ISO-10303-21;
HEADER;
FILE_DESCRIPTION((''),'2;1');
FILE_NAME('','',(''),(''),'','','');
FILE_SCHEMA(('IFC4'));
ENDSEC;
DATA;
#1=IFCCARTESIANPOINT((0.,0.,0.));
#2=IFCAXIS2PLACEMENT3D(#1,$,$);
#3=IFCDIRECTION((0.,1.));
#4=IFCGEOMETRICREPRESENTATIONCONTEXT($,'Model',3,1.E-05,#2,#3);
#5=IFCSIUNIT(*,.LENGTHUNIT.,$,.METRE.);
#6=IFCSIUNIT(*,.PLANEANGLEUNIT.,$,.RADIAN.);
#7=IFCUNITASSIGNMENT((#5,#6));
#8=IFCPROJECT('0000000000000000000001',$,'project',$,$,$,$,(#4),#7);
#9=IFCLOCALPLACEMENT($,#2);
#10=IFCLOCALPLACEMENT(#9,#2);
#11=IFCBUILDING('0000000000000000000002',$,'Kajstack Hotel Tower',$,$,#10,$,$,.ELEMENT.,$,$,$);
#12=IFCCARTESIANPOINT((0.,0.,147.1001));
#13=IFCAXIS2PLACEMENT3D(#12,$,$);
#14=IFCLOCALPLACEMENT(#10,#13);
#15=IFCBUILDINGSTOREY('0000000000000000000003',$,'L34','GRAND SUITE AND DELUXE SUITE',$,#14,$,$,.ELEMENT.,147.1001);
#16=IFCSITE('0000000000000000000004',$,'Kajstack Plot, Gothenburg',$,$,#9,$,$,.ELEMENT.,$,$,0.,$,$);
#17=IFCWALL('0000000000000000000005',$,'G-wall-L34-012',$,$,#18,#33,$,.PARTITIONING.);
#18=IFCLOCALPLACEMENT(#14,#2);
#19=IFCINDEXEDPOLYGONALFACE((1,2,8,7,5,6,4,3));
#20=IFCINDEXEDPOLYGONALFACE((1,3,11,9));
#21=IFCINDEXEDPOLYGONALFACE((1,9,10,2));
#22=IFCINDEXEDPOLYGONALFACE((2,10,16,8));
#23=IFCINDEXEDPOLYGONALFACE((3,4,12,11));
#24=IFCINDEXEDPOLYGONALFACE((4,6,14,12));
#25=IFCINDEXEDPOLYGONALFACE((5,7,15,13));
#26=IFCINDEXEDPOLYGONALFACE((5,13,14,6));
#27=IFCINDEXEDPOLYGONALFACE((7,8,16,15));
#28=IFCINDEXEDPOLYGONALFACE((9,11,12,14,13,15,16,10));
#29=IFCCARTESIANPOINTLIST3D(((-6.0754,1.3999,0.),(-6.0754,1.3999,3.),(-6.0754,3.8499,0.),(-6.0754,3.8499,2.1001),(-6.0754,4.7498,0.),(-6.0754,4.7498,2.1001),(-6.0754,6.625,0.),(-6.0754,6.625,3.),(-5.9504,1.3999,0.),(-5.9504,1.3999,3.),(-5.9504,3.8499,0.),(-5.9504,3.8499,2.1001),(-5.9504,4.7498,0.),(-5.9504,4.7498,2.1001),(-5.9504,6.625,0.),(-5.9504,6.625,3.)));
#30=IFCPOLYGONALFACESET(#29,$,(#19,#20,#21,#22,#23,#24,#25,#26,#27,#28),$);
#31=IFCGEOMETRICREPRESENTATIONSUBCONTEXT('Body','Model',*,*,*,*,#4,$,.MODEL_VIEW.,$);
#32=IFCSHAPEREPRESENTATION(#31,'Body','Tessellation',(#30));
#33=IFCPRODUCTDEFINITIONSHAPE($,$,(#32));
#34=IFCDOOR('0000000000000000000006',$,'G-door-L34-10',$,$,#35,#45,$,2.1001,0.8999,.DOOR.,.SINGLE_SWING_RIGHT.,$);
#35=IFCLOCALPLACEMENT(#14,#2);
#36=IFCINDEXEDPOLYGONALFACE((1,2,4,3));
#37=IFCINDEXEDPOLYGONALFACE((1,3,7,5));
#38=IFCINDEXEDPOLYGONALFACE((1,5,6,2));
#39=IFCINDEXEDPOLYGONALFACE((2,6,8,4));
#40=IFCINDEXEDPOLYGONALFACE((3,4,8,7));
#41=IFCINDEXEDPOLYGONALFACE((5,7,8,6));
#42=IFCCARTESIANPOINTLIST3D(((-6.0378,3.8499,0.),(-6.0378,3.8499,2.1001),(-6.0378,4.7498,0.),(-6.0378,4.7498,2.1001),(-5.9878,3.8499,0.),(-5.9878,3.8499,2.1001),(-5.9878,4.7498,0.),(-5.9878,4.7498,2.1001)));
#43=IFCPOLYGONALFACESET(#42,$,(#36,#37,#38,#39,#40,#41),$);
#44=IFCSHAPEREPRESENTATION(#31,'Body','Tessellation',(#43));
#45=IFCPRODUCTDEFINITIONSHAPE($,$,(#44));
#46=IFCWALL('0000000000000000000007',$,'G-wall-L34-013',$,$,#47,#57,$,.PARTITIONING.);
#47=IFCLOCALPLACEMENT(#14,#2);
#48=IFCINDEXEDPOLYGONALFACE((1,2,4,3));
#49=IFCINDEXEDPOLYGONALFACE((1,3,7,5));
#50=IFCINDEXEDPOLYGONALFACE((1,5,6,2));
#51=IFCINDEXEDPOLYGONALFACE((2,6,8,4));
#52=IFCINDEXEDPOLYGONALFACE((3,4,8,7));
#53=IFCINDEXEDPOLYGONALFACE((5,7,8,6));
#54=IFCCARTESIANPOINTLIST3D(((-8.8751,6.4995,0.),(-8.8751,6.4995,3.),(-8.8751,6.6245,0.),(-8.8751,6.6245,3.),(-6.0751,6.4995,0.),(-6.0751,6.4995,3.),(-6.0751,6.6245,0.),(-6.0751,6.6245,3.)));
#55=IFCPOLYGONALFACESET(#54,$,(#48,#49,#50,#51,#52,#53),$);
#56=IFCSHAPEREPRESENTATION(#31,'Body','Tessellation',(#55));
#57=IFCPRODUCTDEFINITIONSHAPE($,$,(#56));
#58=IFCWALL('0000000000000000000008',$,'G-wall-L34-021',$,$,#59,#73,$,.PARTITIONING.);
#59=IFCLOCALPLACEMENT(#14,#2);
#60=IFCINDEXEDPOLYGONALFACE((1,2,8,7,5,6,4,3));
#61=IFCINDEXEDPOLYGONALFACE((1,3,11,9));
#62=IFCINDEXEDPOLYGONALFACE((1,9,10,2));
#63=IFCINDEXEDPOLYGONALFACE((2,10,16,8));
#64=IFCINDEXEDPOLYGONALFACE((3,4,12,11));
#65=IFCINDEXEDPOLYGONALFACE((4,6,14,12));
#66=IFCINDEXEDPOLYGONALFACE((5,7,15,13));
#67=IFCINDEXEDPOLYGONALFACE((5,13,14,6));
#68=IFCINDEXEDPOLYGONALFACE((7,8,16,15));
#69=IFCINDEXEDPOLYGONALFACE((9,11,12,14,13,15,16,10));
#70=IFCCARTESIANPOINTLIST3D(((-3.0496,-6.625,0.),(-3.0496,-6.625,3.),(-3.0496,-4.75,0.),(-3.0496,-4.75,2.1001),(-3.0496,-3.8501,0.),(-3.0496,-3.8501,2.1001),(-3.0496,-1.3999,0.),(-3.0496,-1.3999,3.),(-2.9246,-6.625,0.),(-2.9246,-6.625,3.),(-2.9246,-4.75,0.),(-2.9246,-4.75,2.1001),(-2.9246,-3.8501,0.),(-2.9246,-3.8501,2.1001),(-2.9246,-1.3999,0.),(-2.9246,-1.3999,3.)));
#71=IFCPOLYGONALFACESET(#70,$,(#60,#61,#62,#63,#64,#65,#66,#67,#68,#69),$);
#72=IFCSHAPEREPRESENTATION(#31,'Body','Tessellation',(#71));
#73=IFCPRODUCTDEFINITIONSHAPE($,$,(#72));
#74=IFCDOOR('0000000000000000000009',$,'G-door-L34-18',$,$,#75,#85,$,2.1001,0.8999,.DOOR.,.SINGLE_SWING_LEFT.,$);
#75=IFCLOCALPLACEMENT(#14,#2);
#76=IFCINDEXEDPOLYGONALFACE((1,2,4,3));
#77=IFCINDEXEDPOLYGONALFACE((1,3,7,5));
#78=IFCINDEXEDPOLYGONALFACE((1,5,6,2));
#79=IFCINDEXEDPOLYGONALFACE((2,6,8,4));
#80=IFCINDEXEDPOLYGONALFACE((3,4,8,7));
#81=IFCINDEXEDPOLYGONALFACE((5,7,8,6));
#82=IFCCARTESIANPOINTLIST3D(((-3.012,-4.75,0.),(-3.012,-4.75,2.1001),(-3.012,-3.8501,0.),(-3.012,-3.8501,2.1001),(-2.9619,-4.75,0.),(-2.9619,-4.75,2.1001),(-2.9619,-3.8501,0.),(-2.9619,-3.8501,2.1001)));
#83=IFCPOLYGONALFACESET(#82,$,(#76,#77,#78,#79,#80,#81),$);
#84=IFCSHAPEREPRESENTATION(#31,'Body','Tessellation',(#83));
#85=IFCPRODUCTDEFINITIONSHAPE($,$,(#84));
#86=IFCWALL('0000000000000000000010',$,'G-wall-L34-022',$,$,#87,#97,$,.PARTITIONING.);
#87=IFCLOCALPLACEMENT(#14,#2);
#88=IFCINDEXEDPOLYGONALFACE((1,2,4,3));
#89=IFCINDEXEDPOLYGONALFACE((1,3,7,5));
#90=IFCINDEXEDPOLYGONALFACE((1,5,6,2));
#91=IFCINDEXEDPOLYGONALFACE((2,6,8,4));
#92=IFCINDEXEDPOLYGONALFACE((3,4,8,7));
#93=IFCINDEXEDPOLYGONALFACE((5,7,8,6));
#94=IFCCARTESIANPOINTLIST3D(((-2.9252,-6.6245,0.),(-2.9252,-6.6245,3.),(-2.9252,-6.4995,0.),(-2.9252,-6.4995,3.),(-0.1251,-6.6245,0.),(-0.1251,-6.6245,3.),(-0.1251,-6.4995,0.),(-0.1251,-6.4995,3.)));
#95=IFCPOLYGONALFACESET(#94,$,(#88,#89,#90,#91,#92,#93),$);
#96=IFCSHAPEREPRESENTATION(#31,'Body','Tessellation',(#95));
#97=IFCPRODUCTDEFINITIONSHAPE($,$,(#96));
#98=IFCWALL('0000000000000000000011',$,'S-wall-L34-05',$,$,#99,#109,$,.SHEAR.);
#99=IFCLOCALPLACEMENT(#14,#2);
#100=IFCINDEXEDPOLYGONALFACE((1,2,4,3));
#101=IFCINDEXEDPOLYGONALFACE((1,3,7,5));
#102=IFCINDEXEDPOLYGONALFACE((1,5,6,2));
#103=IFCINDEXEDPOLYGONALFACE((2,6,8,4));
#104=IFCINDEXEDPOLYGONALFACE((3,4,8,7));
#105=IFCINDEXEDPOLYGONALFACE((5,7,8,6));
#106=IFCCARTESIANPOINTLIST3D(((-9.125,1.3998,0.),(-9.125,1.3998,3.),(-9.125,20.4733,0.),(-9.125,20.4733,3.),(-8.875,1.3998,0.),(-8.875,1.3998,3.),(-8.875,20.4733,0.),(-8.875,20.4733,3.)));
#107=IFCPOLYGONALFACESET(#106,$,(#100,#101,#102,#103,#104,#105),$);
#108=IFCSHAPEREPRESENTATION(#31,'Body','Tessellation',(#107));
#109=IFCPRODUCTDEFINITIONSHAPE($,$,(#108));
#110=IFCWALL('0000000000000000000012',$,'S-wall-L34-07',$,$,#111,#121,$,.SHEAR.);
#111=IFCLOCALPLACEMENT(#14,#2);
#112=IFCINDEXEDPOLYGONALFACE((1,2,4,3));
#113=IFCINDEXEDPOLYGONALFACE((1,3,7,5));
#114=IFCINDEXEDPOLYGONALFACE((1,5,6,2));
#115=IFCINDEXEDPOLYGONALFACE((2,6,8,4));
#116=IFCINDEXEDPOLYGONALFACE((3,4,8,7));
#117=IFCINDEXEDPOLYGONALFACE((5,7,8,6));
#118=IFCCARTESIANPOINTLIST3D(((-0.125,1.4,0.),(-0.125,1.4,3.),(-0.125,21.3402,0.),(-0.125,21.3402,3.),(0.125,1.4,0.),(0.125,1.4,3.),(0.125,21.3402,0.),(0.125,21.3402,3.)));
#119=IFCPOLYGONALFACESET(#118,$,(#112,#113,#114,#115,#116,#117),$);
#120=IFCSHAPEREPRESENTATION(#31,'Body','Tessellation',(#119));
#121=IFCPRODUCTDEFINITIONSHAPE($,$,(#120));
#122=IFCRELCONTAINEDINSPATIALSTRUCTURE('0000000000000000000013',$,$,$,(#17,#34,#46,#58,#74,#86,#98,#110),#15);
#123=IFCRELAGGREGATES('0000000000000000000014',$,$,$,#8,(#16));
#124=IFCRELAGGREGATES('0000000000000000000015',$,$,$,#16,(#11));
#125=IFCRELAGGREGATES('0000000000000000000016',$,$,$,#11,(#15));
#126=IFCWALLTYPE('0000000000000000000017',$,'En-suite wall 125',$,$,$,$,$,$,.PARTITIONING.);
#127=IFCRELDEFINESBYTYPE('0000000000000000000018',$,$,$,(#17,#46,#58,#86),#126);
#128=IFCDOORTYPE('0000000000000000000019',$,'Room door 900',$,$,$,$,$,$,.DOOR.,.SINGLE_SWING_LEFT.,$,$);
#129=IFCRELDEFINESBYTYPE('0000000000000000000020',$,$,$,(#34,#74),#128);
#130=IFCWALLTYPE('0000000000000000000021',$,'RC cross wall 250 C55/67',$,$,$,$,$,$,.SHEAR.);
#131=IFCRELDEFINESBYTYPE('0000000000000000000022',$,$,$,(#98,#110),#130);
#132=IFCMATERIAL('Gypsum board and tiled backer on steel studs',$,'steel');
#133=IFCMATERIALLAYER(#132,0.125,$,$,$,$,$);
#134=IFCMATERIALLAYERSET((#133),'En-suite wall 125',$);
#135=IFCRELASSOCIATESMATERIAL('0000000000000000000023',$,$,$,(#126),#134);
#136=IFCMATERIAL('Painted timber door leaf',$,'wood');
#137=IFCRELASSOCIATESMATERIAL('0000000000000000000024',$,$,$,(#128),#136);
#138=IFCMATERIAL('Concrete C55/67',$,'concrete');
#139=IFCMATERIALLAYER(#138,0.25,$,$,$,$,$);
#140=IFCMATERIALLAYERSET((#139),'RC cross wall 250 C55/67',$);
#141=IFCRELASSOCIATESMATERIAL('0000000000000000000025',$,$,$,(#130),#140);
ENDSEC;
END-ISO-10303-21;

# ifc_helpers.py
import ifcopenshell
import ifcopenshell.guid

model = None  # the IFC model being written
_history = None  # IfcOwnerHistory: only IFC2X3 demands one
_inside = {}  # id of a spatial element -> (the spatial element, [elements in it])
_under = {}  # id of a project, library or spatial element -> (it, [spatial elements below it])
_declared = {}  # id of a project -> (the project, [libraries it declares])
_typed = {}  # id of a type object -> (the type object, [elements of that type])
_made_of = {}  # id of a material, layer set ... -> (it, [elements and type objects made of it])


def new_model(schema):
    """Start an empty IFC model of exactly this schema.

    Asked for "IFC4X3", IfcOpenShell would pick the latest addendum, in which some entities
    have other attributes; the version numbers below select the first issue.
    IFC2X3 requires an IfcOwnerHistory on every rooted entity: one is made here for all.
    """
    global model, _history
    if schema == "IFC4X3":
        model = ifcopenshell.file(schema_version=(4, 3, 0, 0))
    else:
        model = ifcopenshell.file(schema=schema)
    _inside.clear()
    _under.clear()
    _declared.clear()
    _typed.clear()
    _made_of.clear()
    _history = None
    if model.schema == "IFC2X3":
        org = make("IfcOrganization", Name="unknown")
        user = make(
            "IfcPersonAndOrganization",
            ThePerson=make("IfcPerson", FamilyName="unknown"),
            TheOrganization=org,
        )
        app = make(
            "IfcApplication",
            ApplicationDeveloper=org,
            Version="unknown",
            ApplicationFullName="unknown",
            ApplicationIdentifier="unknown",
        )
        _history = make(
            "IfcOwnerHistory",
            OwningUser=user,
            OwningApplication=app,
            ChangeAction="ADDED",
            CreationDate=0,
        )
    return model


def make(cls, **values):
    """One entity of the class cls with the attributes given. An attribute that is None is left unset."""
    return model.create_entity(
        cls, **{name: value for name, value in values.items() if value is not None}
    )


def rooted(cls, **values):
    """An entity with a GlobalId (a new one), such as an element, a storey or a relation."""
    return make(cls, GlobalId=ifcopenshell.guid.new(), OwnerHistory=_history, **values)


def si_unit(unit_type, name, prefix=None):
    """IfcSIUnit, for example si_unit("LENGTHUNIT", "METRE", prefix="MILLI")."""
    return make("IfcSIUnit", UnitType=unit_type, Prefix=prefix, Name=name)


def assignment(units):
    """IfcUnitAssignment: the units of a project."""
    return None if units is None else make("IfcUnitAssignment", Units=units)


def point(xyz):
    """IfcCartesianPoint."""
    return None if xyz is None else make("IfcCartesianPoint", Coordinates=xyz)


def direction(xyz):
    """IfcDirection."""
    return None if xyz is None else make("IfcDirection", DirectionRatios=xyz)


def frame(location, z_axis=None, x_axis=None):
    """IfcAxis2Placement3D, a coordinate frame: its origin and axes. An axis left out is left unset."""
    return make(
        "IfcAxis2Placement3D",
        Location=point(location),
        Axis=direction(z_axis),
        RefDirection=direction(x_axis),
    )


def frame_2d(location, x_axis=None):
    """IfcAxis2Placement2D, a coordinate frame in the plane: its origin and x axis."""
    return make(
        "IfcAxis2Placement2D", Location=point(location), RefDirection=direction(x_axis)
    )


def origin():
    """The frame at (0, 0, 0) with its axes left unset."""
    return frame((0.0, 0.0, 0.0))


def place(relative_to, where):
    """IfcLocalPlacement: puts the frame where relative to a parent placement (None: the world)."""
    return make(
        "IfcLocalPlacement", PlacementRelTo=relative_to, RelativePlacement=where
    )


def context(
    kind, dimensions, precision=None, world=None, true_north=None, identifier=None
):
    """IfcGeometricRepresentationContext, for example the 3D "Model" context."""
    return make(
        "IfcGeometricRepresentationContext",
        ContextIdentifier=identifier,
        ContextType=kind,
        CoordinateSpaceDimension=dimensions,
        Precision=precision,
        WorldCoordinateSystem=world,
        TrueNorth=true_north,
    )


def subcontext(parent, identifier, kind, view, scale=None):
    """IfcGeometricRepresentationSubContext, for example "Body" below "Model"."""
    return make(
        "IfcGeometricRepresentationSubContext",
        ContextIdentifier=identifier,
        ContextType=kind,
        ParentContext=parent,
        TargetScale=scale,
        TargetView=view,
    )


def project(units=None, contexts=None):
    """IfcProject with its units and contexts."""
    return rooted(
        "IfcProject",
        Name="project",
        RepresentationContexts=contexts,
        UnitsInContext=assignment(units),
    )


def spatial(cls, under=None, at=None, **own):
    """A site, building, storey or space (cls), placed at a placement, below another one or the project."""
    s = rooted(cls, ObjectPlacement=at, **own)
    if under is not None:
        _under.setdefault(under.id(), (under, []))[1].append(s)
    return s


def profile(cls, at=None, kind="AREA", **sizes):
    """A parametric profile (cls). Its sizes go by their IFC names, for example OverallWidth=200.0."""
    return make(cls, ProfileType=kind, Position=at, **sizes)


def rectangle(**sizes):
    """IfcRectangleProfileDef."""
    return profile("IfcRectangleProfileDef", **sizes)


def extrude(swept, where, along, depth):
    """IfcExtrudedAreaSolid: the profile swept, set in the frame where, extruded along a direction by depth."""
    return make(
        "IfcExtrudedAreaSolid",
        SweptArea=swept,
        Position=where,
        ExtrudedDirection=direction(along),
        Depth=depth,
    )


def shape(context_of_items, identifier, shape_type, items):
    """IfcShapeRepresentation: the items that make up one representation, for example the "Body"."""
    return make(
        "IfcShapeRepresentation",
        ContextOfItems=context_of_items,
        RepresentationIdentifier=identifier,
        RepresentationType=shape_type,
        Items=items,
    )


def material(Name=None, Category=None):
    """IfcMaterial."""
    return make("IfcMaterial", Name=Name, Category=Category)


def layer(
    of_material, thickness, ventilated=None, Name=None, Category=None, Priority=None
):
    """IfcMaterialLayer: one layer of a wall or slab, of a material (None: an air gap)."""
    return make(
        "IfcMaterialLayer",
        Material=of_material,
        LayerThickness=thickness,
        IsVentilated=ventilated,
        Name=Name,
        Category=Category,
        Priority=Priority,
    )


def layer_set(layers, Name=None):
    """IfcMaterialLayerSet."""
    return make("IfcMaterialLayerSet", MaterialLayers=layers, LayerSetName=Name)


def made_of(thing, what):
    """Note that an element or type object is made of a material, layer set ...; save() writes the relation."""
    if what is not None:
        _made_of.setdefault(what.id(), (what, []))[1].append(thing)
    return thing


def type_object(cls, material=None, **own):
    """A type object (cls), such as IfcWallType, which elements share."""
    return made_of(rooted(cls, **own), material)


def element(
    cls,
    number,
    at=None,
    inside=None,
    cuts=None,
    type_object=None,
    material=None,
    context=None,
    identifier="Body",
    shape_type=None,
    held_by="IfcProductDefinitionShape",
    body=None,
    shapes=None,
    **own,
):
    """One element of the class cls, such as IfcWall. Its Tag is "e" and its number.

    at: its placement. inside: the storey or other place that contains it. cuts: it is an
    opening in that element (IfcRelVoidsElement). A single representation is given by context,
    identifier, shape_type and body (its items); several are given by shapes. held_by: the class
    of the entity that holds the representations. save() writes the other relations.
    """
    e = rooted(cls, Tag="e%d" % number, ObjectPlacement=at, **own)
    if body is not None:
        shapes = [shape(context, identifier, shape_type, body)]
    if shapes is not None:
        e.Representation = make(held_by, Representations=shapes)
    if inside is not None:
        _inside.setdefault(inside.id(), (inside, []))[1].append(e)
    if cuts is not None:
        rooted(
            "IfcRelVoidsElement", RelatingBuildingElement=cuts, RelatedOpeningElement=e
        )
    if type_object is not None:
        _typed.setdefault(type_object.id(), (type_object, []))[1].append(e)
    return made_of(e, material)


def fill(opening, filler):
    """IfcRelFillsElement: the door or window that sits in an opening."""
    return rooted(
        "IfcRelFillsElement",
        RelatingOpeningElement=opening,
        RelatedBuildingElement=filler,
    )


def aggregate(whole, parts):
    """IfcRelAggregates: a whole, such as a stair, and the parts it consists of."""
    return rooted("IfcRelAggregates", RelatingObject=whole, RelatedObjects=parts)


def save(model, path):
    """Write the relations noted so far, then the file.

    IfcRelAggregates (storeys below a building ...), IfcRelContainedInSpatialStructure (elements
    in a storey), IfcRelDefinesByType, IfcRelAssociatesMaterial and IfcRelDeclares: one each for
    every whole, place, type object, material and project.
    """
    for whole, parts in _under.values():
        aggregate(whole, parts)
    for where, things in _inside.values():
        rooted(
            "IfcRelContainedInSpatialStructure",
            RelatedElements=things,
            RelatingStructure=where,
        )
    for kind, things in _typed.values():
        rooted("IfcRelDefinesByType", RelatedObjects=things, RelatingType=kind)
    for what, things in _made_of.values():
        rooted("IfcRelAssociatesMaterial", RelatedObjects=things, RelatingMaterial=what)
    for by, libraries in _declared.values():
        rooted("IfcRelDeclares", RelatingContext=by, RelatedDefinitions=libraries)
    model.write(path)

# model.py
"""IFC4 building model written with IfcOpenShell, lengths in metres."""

from ifc_helpers import new_model, si_unit, direction, frame, frame_2d, origin, place, context, subcontext, project, spatial, rectangle, extrude, material, layer, layer_set, type_object, element, fill, save


model = new_model("IFC4")

# Units and contexts
model_context = context("Model", 3, precision=1e-05, world=origin(), true_north=direction((0.0, 1.0)))
body_context = subcontext(model_context, "Body", "Model", "MODEL_VIEW")
ifc_project = project(units=[si_unit("LENGTHUNIT", "METRE"), si_unit("PLANEANGLEUNIT", "RADIAN")], contexts=[model_context])

# Site, building, storey
site_placement = place(None, origin())
site = spatial("IfcSite", under=ifc_project, at=site_placement, Name="Kajstack Plot, Gothenburg", CompositionType="ELEMENT", RefElevation=0.0)
building_placement = place(site_placement, origin())
building = spatial("IfcBuilding", under=site, at=building_placement, Name="Kajstack Hotel Tower", CompositionType="ELEMENT")
storey_placement = place(building_placement, frame((0.0, 0.0, 147.1001)))
storey = spatial("IfcBuildingStorey", under=building, at=storey_placement, Name="L34", Description="GRAND SUITE AND DELUXE SUITE", CompositionType="ELEMENT", Elevation=147.1001)

# Wall, opening, door
ifc_material_1 = material(Name="Gypsum board and tiled backer on steel studs", Category="steel")
ifc_layer_1 = layer(ifc_material_1, 0.125)
ifc_layer_set_1 = layer_set([ifc_layer_1], Name="En-suite wall 125")
wall_type_1 = type_object("IfcWallType", Name="En-suite wall 125", PredefinedType="PARTITIONING", material=ifc_layer_set_1)
wall_1_placement = place(storey_placement, frame((-6.0129, 1.3999, 0.0), z_axis=(0.0, 0.0, 1.0), x_axis=(0.0, 1.0, 0.0)))
wall_1 = element("IfcWall", 1, at=wall_1_placement, inside=storey, type_object=wall_type_1, Name="G-wall-L34-012", PredefinedType="PARTITIONING", context=body_context, shape_type="SweptSolid", body=[
    extrude(rectangle(XDim=5.2251, YDim=0.125, at=frame_2d((2.6125, 0.0))), origin(), (0.0, 0.0, 1.0), 3.0),
])
opening_1_placement = place(wall_1_placement, frame((2.45, 0.0, 0.0)))
opening_1 = element("IfcOpeningElement", 2, at=opening_1_placement, cuts=wall_1, PredefinedType="OPENING", context=body_context, shape_type="SweptSolid", body=[
    extrude(rectangle(XDim=0.8999, YDim=2.1001, at=frame_2d((0.45, 1.05))), frame((0.0, 0.0725, 0.0), z_axis=(0.0, -1.0, 0.0), x_axis=(1.0, 0.0, 0.0)), (0.0, 0.0, 1.0), 0.145),
])
ifc_material_2 = material(Name="Painted timber door leaf", Category="wood")
door_type = type_object("IfcDoorType", Name="Room door 900", OperationType="SINGLE_SWING_LEFT", PredefinedType="DOOR", material=ifc_material_2)
door_1_placement = place(opening_1_placement, origin())
door_1 = element("IfcDoor", 3, at=door_1_placement, inside=storey, type_object=door_type, Name="G-door-L34-10", OperationType="SINGLE_SWING_RIGHT", OverallHeight=2.1001, OverallWidth=0.8999, PredefinedType="DOOR", context=body_context, shape_type="SweptSolid", body=[
    extrude(rectangle(XDim=0.8999, YDim=2.1001, at=frame_2d((0.45, 1.05))), frame((0.0, 0.0249, 0.0), z_axis=(0.0, -1.0, 0.0), x_axis=(1.0, 0.0, 0.0)), (0.0, 0.0, 1.0), 0.05),
])
fill(opening_1, door_1)

# Wall
wall_2_placement = place(storey_placement, frame((-8.875, 6.562, 0.0), z_axis=(0.0, 0.0, 1.0), x_axis=(1.0, 0.0, 0.0)))
element("IfcWall", 4, at=wall_2_placement, inside=storey, type_object=wall_type_1, Name="G-wall-L34-013", PredefinedType="PARTITIONING", context=body_context, shape_type="SweptSolid", body=[
    extrude(rectangle(XDim=2.8, YDim=0.125, at=frame_2d((1.3999, 0.0))), origin(), (0.0, 0.0, 1.0), 3.0),
])

# Wall, opening, door
wall_3_placement = place(storey_placement, frame((-2.9871, -6.625, 0.0), z_axis=(0.0, 0.0, 1.0), x_axis=(0.0, 1.0, 0.0)))
wall_3 = element("IfcWall", 5, at=wall_3_placement, inside=storey, type_object=wall_type_1, Name="G-wall-L34-021", PredefinedType="PARTITIONING", context=body_context, shape_type="SweptSolid", body=[
    extrude(rectangle(XDim=5.2251, YDim=0.125, at=frame_2d((2.6125, 0.0))), origin(), (0.0, 0.0, 1.0), 3.0),
])
opening_2_placement = place(wall_3_placement, frame((1.875, 0.0, 0.0)))
opening_2 = element("IfcOpeningElement", 6, at=opening_2_placement, cuts=wall_3, PredefinedType="OPENING", context=body_context, shape_type="SweptSolid", body=[
    extrude(rectangle(XDim=0.8999, YDim=2.1001, at=frame_2d((0.45, 1.05))), frame((0.0, 0.0725, 0.0), z_axis=(0.0, -1.0, 0.0), x_axis=(1.0, 0.0, 0.0)), (0.0, 0.0, 1.0), 0.145),
])
door_2_placement = place(opening_2_placement, origin())
door_2 = element("IfcDoor", 7, at=door_2_placement, inside=storey, type_object=door_type, Name="G-door-L34-18", OperationType="SINGLE_SWING_LEFT", OverallHeight=2.1001, OverallWidth=0.8999, PredefinedType="DOOR", context=body_context, shape_type="SweptSolid", body=[
    extrude(rectangle(XDim=0.8999, YDim=2.1001, at=frame_2d((0.45, 1.05))), frame((0.0, 0.0249, 0.0), z_axis=(0.0, -1.0, 0.0), x_axis=(1.0, 0.0, 0.0)), (0.0, 0.0, 1.0), 0.05),
])
fill(opening_2, door_2)

# Walls
wall_4_placement = place(storey_placement, frame((-2.925, -6.562, 0.0), z_axis=(0.0, 0.0, 1.0), x_axis=(1.0, 0.0, 0.0)))
element("IfcWall", 8, at=wall_4_placement, inside=storey, type_object=wall_type_1, Name="G-wall-L34-022", PredefinedType="PARTITIONING", context=body_context, shape_type="SweptSolid", body=[
    extrude(rectangle(XDim=2.8, YDim=0.125, at=frame_2d((1.3999, 0.0))), origin(), (0.0, 0.0, 1.0), 3.0),
])
ifc_material_3 = material(Name="Concrete C55/67", Category="concrete")
ifc_layer_2 = layer(ifc_material_3, 0.25)
ifc_layer_set_2 = layer_set([ifc_layer_2], Name="RC cross wall 250 C55/67")
wall_type_2 = type_object("IfcWallType", Name="RC cross wall 250 C55/67", PredefinedType="SHEAR", material=ifc_layer_set_2)
wall_5_placement = place(storey_placement, frame((-9.0, 1.3999, 0.0), z_axis=(0.0, 0.0, 1.0), x_axis=(0.0, 1.0, 0.0)))
element("IfcWall", 9, at=wall_5_placement, inside=storey, type_object=wall_type_2, Name="S-wall-L34-05", PredefinedType="SHEAR", context=body_context, shape_type="SweptSolid", body=[
    extrude(rectangle(XDim=19.0735, YDim=0.25, at=frame_2d((9.5366, 0.0))), origin(), (0.0, 0.0, 1.0), 3.0),
])
wall_6_placement = place(storey_placement, frame((0.0, 1.3999, 0.0), z_axis=(0.0, 0.0, 1.0), x_axis=(0.0, 1.0, 0.0)))
element("IfcWall", 10, at=wall_6_placement, inside=storey, type_object=wall_type_2, Name="S-wall-L34-07", PredefinedType="SHEAR", context=body_context, shape_type="SweptSolid", body=[
    extrude(rectangle(XDim=19.9402, YDim=0.25, at=frame_2d((9.9702, 0.0))), origin(), (0.0, 0.0, 1.0), 3.0),
])

save(model, "model.ifc")
